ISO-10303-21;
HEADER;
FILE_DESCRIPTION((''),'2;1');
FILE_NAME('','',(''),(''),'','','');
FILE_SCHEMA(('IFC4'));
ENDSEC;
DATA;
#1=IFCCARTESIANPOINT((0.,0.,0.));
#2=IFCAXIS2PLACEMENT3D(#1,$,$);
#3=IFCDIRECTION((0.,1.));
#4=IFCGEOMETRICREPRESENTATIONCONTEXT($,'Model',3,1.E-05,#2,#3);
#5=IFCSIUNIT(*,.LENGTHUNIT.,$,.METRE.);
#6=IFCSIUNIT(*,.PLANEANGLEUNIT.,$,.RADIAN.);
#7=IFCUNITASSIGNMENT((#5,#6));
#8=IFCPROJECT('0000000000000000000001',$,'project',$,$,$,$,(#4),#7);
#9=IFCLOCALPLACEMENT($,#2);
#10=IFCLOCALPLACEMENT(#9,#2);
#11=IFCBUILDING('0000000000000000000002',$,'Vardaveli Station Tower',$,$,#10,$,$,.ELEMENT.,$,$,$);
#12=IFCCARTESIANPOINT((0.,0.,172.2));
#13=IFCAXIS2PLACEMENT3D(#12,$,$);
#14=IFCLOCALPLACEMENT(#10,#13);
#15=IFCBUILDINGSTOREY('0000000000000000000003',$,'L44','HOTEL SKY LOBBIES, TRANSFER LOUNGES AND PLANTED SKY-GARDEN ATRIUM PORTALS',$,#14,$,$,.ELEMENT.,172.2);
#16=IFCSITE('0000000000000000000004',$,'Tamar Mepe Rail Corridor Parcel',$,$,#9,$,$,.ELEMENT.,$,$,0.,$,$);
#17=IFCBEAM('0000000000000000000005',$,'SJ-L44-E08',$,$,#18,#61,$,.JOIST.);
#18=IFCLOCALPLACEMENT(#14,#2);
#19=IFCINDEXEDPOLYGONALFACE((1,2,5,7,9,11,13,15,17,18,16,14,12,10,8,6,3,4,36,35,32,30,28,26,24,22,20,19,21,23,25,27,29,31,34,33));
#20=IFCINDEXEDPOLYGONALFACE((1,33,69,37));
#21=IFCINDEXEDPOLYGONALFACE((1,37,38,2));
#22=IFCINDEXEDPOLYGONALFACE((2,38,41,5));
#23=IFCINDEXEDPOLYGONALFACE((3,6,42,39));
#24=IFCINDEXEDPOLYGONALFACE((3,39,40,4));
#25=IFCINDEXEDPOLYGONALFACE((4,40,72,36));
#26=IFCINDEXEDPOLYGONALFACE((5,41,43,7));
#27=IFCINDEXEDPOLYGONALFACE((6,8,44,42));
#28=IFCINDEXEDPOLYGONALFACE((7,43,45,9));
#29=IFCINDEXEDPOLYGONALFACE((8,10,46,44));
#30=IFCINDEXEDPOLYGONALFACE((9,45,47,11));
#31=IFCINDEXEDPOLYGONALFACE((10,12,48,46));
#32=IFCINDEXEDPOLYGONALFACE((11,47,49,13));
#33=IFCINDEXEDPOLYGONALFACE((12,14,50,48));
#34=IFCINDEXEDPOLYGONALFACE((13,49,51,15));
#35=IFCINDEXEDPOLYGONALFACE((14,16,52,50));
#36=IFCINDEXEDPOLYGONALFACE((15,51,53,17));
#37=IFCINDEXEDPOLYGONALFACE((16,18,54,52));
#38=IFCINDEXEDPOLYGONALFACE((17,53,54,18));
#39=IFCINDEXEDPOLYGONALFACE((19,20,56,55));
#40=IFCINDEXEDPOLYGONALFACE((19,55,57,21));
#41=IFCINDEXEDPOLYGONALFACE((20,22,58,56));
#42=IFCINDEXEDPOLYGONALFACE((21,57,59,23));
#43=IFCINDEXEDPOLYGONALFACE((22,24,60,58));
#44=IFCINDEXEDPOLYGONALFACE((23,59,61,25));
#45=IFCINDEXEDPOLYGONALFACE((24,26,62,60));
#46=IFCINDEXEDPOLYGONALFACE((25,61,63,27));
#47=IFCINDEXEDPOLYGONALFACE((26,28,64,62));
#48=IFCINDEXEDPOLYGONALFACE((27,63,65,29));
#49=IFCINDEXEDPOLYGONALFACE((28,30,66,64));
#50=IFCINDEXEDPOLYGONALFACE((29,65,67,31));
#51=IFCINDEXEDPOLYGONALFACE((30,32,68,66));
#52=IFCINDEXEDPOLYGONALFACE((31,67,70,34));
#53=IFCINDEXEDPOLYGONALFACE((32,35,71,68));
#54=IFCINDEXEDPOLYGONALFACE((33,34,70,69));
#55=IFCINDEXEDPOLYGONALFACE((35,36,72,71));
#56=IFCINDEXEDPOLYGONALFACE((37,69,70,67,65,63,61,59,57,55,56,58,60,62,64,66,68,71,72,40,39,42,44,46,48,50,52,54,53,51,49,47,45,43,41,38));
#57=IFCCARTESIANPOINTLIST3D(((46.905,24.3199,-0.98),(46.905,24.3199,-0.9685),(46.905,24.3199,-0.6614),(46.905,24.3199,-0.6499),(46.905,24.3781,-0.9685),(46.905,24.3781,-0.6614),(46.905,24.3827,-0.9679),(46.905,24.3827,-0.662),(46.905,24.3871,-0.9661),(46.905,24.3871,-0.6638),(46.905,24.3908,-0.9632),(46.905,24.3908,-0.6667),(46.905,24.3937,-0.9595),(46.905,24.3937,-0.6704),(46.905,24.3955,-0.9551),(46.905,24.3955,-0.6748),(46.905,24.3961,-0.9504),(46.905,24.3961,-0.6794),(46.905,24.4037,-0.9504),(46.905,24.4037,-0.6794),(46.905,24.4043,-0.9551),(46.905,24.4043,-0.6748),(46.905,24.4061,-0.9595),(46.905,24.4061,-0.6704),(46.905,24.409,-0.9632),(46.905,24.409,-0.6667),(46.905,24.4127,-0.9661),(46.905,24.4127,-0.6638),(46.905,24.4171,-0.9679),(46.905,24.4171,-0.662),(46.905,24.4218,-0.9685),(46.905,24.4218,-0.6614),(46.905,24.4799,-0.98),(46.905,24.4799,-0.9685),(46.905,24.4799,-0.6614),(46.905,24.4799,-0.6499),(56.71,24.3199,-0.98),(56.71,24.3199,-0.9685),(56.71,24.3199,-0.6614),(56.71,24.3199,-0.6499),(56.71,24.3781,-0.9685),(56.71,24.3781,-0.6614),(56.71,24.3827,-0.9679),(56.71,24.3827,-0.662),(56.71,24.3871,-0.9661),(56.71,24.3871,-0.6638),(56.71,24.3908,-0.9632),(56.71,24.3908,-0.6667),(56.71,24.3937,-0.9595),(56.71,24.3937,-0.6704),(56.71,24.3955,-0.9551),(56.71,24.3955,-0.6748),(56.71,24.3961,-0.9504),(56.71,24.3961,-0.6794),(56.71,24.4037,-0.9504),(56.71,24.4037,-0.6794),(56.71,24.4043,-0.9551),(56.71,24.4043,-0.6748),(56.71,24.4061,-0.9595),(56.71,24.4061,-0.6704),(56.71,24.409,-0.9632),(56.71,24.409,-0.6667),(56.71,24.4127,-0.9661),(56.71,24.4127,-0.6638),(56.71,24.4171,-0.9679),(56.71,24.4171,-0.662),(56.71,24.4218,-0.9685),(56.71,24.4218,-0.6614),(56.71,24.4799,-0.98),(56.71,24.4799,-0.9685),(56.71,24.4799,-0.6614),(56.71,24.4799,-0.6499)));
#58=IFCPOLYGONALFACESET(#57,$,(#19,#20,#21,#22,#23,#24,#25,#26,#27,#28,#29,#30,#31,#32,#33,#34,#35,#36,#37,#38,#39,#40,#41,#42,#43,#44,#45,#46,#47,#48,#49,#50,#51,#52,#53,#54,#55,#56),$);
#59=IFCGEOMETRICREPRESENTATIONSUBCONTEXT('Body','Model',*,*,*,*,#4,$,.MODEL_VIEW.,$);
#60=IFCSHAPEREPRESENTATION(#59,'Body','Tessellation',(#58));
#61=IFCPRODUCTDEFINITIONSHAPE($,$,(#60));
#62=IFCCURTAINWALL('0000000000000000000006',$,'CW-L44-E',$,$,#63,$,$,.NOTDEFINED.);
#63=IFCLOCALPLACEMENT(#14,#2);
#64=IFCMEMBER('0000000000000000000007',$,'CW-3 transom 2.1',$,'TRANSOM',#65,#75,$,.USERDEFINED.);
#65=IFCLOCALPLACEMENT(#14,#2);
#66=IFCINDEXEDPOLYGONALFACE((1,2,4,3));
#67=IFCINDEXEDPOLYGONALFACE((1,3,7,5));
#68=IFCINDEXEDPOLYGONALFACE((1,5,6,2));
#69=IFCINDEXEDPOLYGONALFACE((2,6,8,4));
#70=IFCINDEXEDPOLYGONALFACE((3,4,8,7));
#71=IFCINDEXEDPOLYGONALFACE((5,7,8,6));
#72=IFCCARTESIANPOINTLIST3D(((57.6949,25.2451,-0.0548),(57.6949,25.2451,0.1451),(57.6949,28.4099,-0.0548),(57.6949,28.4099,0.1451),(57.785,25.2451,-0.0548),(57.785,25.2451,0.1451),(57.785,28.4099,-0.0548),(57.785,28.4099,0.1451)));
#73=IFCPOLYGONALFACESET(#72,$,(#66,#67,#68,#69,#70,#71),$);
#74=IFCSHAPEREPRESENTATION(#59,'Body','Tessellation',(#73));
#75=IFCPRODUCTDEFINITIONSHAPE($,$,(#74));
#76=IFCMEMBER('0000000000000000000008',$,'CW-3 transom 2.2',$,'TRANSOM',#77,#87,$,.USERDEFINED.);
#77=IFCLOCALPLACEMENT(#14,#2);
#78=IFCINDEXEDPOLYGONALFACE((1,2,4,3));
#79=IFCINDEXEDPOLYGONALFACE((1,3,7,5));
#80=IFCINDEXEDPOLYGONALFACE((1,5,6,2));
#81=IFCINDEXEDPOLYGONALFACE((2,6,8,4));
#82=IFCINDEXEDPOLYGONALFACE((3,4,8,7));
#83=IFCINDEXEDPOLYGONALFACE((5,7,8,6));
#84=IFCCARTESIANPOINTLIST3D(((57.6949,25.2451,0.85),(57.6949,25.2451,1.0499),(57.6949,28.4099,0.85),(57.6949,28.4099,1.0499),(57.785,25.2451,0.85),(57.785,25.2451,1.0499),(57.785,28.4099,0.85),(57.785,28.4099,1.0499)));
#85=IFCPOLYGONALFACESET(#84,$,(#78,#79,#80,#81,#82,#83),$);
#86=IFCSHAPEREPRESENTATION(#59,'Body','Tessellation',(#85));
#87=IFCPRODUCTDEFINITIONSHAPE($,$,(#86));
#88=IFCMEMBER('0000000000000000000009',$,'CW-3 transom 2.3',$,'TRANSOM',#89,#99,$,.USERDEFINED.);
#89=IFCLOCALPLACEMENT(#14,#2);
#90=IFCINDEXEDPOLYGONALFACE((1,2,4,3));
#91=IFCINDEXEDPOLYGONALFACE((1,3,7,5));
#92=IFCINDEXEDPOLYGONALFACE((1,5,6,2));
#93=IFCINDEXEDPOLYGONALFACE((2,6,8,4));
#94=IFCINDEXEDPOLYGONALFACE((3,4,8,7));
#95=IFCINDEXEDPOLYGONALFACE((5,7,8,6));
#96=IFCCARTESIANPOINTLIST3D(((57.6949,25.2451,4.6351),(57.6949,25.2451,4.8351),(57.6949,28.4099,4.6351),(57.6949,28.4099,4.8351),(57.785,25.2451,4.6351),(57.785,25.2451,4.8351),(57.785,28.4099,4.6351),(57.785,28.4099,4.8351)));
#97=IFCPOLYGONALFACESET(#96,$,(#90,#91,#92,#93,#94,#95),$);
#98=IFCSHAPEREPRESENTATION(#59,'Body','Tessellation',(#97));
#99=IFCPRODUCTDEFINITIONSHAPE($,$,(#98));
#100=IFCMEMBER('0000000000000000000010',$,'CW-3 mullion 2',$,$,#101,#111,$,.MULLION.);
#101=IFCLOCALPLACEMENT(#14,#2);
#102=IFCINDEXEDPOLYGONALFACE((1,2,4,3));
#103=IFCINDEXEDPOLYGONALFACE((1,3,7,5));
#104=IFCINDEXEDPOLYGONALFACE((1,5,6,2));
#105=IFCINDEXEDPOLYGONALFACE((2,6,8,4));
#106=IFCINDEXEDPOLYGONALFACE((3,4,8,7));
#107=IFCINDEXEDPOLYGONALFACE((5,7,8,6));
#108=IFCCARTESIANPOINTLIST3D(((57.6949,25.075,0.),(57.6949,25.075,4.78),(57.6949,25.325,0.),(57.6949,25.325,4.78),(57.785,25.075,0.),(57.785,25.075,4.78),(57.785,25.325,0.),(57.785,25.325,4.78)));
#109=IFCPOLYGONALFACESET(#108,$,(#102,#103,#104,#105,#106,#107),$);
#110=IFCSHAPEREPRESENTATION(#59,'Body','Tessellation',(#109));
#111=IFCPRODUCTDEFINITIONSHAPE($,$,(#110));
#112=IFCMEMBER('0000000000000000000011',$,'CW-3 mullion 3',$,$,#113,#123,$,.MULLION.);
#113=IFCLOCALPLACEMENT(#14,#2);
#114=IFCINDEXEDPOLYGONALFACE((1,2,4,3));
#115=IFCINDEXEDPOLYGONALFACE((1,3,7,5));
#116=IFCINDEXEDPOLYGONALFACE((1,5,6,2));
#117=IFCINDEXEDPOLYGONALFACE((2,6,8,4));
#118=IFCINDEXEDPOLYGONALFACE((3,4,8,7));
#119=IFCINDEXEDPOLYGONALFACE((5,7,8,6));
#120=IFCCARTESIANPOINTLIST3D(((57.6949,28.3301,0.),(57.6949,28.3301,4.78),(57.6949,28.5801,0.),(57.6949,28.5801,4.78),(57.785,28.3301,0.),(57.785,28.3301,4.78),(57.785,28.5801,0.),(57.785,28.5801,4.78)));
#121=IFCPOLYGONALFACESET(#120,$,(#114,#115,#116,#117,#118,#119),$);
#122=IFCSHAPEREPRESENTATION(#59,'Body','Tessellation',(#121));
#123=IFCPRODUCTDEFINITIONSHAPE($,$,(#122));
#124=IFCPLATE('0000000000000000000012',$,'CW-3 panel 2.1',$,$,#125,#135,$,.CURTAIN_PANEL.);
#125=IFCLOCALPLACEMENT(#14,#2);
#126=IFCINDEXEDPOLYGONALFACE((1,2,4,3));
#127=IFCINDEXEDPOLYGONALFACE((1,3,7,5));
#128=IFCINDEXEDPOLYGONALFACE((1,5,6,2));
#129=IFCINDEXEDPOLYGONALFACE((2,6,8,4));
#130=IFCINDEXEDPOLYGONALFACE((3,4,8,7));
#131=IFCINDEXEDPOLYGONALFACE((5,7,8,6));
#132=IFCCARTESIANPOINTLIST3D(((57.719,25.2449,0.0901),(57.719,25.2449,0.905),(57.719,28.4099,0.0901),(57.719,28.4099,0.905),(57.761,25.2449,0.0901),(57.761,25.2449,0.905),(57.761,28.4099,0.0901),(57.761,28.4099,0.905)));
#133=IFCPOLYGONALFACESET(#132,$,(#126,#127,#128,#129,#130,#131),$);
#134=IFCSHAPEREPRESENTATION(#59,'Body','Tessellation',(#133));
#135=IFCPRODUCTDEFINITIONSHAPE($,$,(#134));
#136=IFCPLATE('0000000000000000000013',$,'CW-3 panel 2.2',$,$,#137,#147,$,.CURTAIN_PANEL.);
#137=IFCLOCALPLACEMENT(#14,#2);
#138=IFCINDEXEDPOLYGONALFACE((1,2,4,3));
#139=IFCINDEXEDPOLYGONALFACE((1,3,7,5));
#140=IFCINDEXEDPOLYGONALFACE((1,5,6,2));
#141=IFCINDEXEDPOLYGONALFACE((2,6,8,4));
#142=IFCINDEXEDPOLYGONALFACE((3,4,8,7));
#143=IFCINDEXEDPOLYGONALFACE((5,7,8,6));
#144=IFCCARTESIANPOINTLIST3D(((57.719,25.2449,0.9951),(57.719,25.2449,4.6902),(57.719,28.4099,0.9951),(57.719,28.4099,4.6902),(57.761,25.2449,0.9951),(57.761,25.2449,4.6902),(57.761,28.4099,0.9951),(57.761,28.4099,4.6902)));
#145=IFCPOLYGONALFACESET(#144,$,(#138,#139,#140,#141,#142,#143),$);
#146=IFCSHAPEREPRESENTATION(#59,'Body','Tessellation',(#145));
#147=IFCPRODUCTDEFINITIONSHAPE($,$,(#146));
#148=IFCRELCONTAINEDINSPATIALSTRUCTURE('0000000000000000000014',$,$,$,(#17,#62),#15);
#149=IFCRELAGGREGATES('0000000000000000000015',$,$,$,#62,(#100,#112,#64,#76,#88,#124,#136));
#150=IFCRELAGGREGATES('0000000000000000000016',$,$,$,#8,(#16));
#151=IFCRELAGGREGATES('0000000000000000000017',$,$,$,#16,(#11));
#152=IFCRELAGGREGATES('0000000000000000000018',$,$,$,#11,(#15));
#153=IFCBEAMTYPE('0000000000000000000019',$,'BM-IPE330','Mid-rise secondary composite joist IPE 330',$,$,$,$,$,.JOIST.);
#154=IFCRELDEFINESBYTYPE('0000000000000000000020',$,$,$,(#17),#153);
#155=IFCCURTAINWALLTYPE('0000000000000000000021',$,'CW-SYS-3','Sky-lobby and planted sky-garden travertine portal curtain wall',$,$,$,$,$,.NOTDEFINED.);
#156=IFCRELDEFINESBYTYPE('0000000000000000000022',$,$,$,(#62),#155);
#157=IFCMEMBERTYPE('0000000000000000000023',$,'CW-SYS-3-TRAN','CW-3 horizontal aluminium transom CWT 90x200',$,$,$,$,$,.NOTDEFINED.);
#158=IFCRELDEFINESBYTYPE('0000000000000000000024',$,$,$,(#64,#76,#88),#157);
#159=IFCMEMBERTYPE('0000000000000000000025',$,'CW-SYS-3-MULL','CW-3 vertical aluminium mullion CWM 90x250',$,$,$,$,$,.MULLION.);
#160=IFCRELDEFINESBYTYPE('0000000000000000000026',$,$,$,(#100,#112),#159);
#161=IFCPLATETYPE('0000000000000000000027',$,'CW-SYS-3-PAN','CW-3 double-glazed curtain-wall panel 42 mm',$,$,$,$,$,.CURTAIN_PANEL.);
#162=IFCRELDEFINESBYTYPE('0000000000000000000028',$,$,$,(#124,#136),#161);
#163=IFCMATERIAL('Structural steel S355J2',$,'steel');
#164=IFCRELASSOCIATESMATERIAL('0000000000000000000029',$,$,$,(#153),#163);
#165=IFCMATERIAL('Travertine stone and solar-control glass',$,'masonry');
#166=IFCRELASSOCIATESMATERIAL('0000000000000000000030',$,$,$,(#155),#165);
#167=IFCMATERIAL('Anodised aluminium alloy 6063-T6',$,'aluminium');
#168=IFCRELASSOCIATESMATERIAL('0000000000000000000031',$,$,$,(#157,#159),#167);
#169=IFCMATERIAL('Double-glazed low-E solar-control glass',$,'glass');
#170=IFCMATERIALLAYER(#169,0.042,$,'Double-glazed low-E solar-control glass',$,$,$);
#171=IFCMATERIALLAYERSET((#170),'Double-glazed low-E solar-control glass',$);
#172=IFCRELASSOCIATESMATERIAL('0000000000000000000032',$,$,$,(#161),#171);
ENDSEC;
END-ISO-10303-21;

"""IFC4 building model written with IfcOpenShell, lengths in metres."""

from ifc_helpers import new_model, si_unit, direction, frame, origin, origin_2d, place, context, subcontext, project, spatial, rectangle, i_section, extrude, source, transform, mapped, material, layer, layer_set, material_profile, profile_set, type_object, element, aggregate, save


model = new_model("IFC4")

# Units and contexts
model_context = context("Model", 3, precision=1e-05, world=origin(), true_north=direction((0.0, 1.0)))
body_context = subcontext(model_context, "Body", "Model", "MODEL_VIEW")
ifc_project = project(units=[si_unit("LENGTHUNIT", "METRE"), si_unit("PLANEANGLEUNIT", "RADIAN")], contexts=[model_context])

# Site, building, storey
site_placement = place(None, origin())
site = spatial("IfcSite", under=ifc_project, at=site_placement, Name="Tamar Mepe Rail Corridor Parcel", CompositionType="ELEMENT", RefElevation=0.0)
building_placement = place(site_placement, origin())
building = spatial("IfcBuilding", under=site, at=building_placement, Name="Vardaveli Station Tower", CompositionType="ELEMENT")
storey_placement = place(building_placement, frame((0.0, 0.0, 172.2)))
storey = spatial("IfcBuildingStorey", under=building, at=storey_placement, Name="L44", Description="HOTEL SKY LOBBIES, TRANSFER LOUNGES AND PLANTED SKY-GARDEN ATRIUM PORTALS", CompositionType="ELEMENT", Elevation=172.2)

# Beam
ifc_material_1 = material(Name="Structural steel S355J2", Category="steel")
ifc_material_profile_1 = material_profile(ifc_material_1, i_section(OverallWidth=0.1599, OverallDepth=0.3301, WebThickness=0.0076, FlangeThickness=0.0115, FilletRadius=0.0181, at=origin_2d()), Name="IPE 330")
ifc_profile_set_1 = profile_set([ifc_material_profile_1], Name="Structural steel S355J2")
beam_type_1 = type_object("IfcBeamType", Name="BM-IPE330", Description="Mid-rise secondary composite joist IPE 330", PredefinedType="JOIST", material=ifc_profile_set_1)
shared_shape_1 = source(origin(), body_context, "Body", "SweptSolid", [
    extrude(i_section(OverallWidth=0.1599, OverallDepth=0.3301, WebThickness=0.0076, FlangeThickness=0.0115, FilletRadius=0.0181, at=origin_2d()), origin(), (0.0, 0.0, 1.0), 9.8049),
])
beam_1_placement = place(storey_placement, frame((46.905, 24.3999, -0.8149), z_axis=(1.0, 0.0, 0.0), x_axis=(0.0, 1.0, 0.0)))
element("IfcBeam", 1, at=beam_1_placement, inside=storey, type_object=beam_type_1, Name="SJ-L44-E08", PredefinedType="JOIST", context=body_context, shape_type="MappedRepresentation", body=[
    mapped(shared_shape_1, transform((0.0, 0.0, 0.0), scale=1.0)),
])

# Curtain wall, members, plates
ifc_material_2 = material(Name="Travertine stone and solar-control glass", Category="masonry")
curtain_wall_type = type_object("IfcCurtainWallType", Name="CW-SYS-3", Description="Sky-lobby and planted sky-garden travertine portal curtain wall", PredefinedType="NOTDEFINED", material=ifc_material_2)
curtain_wall_placement = place(storey_placement, origin())
curtain_wall = element("IfcCurtainWall", 2, at=curtain_wall_placement, inside=storey, type_object=curtain_wall_type, Name="CW-L44-E", PredefinedType="NOTDEFINED")
ifc_material_3 = material(Name="Anodised aluminium alloy 6063-T6", Category="aluminium")
ifc_material_profile_2 = material_profile(ifc_material_3, rectangle(XDim=0.0901, YDim=0.2, at=origin_2d()), Name="CWT 90x200")
ifc_profile_set_2 = profile_set([ifc_material_profile_2], Name="Anodised aluminium alloy 6063-T6")
member_type_1 = type_object("IfcMemberType", Name="CW-SYS-3-TRAN", Description="CW-3 horizontal aluminium transom CWT 90x200", PredefinedType="NOTDEFINED", material=ifc_profile_set_2)
shared_shape_2 = source(origin(), body_context, "Body", "SweptSolid", [
    extrude(rectangle(XDim=0.0901, YDim=0.2, at=origin_2d()), origin(), (0.0, 0.0, 1.0), 3.1648),
])
member_1_placement = place(storey_placement, frame((57.74, 25.2451, 0.0452), z_axis=(0.0, 1.0, 0.0), x_axis=(-1.0, 0.0, 0.0)))
member_1 = element("IfcMember", 3, at=member_1_placement, type_object=member_type_1, Name="CW-3 transom 2.1", ObjectType="TRANSOM", PredefinedType="USERDEFINED", context=body_context, shape_type="MappedRepresentation", body=[
    mapped(shared_shape_2, transform((0.0, 0.0, 0.0), scale=1.0)),
])
member_2_placement = place(storey_placement, frame((57.74, 25.2451, 0.95), z_axis=(0.0, 1.0, 0.0), x_axis=(-1.0, 0.0, 0.0)))
member_2 = element("IfcMember", 4, at=member_2_placement, type_object=member_type_1, Name="CW-3 transom 2.2", ObjectType="TRANSOM", PredefinedType="USERDEFINED", context=body_context, shape_type="MappedRepresentation", body=[
    mapped(shared_shape_2, transform((0.0, 0.0, 0.0), scale=1.0)),
])
member_3_placement = place(storey_placement, frame((57.74, 25.2451, 4.7351), z_axis=(0.0, 1.0, 0.0), x_axis=(-1.0, 0.0, 0.0)))
member_3 = element("IfcMember", 5, at=member_3_placement, type_object=member_type_1, Name="CW-3 transom 2.3", ObjectType="TRANSOM", PredefinedType="USERDEFINED", context=body_context, shape_type="MappedRepresentation", body=[
    mapped(shared_shape_2, transform((0.0, 0.0, 0.0), scale=1.0)),
])
ifc_material_profile_3 = material_profile(ifc_material_3, rectangle(XDim=0.0901, YDim=0.25, at=origin_2d()), Name="CWM 90x250")
ifc_profile_set_3 = profile_set([ifc_material_profile_3], Name="Anodised aluminium alloy 6063-T6")
member_type_2 = type_object("IfcMemberType", Name="CW-SYS-3-MULL", Description="CW-3 vertical aluminium mullion CWM 90x250", PredefinedType="MULLION", material=ifc_profile_set_3)
shared_shape_3 = source(origin(), body_context, "Body", "SweptSolid", [
    extrude(rectangle(XDim=0.0901, YDim=0.25, at=origin_2d()), origin(), (0.0, 0.0, 1.0), 4.78),
])
member_4_placement = place(storey_placement, frame((57.74, 25.2, 0.0), z_axis=(0.0, 0.0, 1.0), x_axis=(-1.0, 0.0, 0.0)))
member_4 = element("IfcMember", 6, at=member_4_placement, type_object=member_type_2, Name="CW-3 mullion 2", PredefinedType="MULLION", context=body_context, shape_type="MappedRepresentation", body=[
    mapped(shared_shape_3, transform((0.0, 0.0, 0.0), scale=1.0)),
])
member_5_placement = place(storey_placement, frame((57.74, 28.4551, 0.0), z_axis=(0.0, 0.0, 1.0), x_axis=(-1.0, 0.0, 0.0)))
member_5 = element("IfcMember", 7, at=member_5_placement, type_object=member_type_2, Name="CW-3 mullion 3", PredefinedType="MULLION", context=body_context, shape_type="MappedRepresentation", body=[
    mapped(shared_shape_3, transform((0.0, 0.0, 0.0), scale=1.0)),
])
ifc_material_4 = material(Name="Double-glazed low-E solar-control glass", Category="glass")
ifc_layer_1 = layer(ifc_material_4, 0.042, Name="Double-glazed low-E solar-control glass")
ifc_layer_set_1 = layer_set([ifc_layer_1], Name="Double-glazed low-E solar-control glass")
plate_type = type_object("IfcPlateType", Name="CW-SYS-3-PAN", Description="CW-3 double-glazed curtain-wall panel 42 mm", PredefinedType="CURTAIN_PANEL", material=ifc_layer_set_1)
shared_shape_4 = source(origin(), body_context, "Body", "SweptSolid", [
    extrude(rectangle(XDim=3.165, YDim=0.042, at=origin_2d()), origin(), (0.0, 0.0, 1.0), 0.8149),
])
plate_1_placement = place(storey_placement, frame((57.74, 26.8274, 0.0901), z_axis=(0.0, 0.0, 1.0), x_axis=(0.0, 1.0, 0.0)))
plate_1 = element("IfcPlate", 8, at=plate_1_placement, type_object=plate_type, Name="CW-3 panel 2.1", PredefinedType="CURTAIN_PANEL", context=body_context, shape_type="MappedRepresentation", body=[
    mapped(shared_shape_4, transform((0.0, 0.0, 0.0), scale=1.0)),
])
shared_shape_5 = source(origin(), body_context, "Body", "SweptSolid", [
    extrude(rectangle(XDim=3.165, YDim=0.042, at=origin_2d()), origin(), (0.0, 0.0, 1.0), 3.6951),
])
plate_2_placement = place(storey_placement, frame((57.74, 26.8274, 0.9951), z_axis=(0.0, 0.0, 1.0), x_axis=(0.0, 1.0, 0.0)))
plate_2 = element("IfcPlate", 9, at=plate_2_placement, type_object=plate_type, Name="CW-3 panel 2.2", PredefinedType="CURTAIN_PANEL", context=body_context, shape_type="MappedRepresentation", body=[
    mapped(shared_shape_5, transform((0.0, 0.0, 0.0), scale=1.0)),
])
aggregate(curtain_wall, [member_4, member_5, member_1, member_2, member_3, plate_1, plate_2])

save(model, "model.ifc")
